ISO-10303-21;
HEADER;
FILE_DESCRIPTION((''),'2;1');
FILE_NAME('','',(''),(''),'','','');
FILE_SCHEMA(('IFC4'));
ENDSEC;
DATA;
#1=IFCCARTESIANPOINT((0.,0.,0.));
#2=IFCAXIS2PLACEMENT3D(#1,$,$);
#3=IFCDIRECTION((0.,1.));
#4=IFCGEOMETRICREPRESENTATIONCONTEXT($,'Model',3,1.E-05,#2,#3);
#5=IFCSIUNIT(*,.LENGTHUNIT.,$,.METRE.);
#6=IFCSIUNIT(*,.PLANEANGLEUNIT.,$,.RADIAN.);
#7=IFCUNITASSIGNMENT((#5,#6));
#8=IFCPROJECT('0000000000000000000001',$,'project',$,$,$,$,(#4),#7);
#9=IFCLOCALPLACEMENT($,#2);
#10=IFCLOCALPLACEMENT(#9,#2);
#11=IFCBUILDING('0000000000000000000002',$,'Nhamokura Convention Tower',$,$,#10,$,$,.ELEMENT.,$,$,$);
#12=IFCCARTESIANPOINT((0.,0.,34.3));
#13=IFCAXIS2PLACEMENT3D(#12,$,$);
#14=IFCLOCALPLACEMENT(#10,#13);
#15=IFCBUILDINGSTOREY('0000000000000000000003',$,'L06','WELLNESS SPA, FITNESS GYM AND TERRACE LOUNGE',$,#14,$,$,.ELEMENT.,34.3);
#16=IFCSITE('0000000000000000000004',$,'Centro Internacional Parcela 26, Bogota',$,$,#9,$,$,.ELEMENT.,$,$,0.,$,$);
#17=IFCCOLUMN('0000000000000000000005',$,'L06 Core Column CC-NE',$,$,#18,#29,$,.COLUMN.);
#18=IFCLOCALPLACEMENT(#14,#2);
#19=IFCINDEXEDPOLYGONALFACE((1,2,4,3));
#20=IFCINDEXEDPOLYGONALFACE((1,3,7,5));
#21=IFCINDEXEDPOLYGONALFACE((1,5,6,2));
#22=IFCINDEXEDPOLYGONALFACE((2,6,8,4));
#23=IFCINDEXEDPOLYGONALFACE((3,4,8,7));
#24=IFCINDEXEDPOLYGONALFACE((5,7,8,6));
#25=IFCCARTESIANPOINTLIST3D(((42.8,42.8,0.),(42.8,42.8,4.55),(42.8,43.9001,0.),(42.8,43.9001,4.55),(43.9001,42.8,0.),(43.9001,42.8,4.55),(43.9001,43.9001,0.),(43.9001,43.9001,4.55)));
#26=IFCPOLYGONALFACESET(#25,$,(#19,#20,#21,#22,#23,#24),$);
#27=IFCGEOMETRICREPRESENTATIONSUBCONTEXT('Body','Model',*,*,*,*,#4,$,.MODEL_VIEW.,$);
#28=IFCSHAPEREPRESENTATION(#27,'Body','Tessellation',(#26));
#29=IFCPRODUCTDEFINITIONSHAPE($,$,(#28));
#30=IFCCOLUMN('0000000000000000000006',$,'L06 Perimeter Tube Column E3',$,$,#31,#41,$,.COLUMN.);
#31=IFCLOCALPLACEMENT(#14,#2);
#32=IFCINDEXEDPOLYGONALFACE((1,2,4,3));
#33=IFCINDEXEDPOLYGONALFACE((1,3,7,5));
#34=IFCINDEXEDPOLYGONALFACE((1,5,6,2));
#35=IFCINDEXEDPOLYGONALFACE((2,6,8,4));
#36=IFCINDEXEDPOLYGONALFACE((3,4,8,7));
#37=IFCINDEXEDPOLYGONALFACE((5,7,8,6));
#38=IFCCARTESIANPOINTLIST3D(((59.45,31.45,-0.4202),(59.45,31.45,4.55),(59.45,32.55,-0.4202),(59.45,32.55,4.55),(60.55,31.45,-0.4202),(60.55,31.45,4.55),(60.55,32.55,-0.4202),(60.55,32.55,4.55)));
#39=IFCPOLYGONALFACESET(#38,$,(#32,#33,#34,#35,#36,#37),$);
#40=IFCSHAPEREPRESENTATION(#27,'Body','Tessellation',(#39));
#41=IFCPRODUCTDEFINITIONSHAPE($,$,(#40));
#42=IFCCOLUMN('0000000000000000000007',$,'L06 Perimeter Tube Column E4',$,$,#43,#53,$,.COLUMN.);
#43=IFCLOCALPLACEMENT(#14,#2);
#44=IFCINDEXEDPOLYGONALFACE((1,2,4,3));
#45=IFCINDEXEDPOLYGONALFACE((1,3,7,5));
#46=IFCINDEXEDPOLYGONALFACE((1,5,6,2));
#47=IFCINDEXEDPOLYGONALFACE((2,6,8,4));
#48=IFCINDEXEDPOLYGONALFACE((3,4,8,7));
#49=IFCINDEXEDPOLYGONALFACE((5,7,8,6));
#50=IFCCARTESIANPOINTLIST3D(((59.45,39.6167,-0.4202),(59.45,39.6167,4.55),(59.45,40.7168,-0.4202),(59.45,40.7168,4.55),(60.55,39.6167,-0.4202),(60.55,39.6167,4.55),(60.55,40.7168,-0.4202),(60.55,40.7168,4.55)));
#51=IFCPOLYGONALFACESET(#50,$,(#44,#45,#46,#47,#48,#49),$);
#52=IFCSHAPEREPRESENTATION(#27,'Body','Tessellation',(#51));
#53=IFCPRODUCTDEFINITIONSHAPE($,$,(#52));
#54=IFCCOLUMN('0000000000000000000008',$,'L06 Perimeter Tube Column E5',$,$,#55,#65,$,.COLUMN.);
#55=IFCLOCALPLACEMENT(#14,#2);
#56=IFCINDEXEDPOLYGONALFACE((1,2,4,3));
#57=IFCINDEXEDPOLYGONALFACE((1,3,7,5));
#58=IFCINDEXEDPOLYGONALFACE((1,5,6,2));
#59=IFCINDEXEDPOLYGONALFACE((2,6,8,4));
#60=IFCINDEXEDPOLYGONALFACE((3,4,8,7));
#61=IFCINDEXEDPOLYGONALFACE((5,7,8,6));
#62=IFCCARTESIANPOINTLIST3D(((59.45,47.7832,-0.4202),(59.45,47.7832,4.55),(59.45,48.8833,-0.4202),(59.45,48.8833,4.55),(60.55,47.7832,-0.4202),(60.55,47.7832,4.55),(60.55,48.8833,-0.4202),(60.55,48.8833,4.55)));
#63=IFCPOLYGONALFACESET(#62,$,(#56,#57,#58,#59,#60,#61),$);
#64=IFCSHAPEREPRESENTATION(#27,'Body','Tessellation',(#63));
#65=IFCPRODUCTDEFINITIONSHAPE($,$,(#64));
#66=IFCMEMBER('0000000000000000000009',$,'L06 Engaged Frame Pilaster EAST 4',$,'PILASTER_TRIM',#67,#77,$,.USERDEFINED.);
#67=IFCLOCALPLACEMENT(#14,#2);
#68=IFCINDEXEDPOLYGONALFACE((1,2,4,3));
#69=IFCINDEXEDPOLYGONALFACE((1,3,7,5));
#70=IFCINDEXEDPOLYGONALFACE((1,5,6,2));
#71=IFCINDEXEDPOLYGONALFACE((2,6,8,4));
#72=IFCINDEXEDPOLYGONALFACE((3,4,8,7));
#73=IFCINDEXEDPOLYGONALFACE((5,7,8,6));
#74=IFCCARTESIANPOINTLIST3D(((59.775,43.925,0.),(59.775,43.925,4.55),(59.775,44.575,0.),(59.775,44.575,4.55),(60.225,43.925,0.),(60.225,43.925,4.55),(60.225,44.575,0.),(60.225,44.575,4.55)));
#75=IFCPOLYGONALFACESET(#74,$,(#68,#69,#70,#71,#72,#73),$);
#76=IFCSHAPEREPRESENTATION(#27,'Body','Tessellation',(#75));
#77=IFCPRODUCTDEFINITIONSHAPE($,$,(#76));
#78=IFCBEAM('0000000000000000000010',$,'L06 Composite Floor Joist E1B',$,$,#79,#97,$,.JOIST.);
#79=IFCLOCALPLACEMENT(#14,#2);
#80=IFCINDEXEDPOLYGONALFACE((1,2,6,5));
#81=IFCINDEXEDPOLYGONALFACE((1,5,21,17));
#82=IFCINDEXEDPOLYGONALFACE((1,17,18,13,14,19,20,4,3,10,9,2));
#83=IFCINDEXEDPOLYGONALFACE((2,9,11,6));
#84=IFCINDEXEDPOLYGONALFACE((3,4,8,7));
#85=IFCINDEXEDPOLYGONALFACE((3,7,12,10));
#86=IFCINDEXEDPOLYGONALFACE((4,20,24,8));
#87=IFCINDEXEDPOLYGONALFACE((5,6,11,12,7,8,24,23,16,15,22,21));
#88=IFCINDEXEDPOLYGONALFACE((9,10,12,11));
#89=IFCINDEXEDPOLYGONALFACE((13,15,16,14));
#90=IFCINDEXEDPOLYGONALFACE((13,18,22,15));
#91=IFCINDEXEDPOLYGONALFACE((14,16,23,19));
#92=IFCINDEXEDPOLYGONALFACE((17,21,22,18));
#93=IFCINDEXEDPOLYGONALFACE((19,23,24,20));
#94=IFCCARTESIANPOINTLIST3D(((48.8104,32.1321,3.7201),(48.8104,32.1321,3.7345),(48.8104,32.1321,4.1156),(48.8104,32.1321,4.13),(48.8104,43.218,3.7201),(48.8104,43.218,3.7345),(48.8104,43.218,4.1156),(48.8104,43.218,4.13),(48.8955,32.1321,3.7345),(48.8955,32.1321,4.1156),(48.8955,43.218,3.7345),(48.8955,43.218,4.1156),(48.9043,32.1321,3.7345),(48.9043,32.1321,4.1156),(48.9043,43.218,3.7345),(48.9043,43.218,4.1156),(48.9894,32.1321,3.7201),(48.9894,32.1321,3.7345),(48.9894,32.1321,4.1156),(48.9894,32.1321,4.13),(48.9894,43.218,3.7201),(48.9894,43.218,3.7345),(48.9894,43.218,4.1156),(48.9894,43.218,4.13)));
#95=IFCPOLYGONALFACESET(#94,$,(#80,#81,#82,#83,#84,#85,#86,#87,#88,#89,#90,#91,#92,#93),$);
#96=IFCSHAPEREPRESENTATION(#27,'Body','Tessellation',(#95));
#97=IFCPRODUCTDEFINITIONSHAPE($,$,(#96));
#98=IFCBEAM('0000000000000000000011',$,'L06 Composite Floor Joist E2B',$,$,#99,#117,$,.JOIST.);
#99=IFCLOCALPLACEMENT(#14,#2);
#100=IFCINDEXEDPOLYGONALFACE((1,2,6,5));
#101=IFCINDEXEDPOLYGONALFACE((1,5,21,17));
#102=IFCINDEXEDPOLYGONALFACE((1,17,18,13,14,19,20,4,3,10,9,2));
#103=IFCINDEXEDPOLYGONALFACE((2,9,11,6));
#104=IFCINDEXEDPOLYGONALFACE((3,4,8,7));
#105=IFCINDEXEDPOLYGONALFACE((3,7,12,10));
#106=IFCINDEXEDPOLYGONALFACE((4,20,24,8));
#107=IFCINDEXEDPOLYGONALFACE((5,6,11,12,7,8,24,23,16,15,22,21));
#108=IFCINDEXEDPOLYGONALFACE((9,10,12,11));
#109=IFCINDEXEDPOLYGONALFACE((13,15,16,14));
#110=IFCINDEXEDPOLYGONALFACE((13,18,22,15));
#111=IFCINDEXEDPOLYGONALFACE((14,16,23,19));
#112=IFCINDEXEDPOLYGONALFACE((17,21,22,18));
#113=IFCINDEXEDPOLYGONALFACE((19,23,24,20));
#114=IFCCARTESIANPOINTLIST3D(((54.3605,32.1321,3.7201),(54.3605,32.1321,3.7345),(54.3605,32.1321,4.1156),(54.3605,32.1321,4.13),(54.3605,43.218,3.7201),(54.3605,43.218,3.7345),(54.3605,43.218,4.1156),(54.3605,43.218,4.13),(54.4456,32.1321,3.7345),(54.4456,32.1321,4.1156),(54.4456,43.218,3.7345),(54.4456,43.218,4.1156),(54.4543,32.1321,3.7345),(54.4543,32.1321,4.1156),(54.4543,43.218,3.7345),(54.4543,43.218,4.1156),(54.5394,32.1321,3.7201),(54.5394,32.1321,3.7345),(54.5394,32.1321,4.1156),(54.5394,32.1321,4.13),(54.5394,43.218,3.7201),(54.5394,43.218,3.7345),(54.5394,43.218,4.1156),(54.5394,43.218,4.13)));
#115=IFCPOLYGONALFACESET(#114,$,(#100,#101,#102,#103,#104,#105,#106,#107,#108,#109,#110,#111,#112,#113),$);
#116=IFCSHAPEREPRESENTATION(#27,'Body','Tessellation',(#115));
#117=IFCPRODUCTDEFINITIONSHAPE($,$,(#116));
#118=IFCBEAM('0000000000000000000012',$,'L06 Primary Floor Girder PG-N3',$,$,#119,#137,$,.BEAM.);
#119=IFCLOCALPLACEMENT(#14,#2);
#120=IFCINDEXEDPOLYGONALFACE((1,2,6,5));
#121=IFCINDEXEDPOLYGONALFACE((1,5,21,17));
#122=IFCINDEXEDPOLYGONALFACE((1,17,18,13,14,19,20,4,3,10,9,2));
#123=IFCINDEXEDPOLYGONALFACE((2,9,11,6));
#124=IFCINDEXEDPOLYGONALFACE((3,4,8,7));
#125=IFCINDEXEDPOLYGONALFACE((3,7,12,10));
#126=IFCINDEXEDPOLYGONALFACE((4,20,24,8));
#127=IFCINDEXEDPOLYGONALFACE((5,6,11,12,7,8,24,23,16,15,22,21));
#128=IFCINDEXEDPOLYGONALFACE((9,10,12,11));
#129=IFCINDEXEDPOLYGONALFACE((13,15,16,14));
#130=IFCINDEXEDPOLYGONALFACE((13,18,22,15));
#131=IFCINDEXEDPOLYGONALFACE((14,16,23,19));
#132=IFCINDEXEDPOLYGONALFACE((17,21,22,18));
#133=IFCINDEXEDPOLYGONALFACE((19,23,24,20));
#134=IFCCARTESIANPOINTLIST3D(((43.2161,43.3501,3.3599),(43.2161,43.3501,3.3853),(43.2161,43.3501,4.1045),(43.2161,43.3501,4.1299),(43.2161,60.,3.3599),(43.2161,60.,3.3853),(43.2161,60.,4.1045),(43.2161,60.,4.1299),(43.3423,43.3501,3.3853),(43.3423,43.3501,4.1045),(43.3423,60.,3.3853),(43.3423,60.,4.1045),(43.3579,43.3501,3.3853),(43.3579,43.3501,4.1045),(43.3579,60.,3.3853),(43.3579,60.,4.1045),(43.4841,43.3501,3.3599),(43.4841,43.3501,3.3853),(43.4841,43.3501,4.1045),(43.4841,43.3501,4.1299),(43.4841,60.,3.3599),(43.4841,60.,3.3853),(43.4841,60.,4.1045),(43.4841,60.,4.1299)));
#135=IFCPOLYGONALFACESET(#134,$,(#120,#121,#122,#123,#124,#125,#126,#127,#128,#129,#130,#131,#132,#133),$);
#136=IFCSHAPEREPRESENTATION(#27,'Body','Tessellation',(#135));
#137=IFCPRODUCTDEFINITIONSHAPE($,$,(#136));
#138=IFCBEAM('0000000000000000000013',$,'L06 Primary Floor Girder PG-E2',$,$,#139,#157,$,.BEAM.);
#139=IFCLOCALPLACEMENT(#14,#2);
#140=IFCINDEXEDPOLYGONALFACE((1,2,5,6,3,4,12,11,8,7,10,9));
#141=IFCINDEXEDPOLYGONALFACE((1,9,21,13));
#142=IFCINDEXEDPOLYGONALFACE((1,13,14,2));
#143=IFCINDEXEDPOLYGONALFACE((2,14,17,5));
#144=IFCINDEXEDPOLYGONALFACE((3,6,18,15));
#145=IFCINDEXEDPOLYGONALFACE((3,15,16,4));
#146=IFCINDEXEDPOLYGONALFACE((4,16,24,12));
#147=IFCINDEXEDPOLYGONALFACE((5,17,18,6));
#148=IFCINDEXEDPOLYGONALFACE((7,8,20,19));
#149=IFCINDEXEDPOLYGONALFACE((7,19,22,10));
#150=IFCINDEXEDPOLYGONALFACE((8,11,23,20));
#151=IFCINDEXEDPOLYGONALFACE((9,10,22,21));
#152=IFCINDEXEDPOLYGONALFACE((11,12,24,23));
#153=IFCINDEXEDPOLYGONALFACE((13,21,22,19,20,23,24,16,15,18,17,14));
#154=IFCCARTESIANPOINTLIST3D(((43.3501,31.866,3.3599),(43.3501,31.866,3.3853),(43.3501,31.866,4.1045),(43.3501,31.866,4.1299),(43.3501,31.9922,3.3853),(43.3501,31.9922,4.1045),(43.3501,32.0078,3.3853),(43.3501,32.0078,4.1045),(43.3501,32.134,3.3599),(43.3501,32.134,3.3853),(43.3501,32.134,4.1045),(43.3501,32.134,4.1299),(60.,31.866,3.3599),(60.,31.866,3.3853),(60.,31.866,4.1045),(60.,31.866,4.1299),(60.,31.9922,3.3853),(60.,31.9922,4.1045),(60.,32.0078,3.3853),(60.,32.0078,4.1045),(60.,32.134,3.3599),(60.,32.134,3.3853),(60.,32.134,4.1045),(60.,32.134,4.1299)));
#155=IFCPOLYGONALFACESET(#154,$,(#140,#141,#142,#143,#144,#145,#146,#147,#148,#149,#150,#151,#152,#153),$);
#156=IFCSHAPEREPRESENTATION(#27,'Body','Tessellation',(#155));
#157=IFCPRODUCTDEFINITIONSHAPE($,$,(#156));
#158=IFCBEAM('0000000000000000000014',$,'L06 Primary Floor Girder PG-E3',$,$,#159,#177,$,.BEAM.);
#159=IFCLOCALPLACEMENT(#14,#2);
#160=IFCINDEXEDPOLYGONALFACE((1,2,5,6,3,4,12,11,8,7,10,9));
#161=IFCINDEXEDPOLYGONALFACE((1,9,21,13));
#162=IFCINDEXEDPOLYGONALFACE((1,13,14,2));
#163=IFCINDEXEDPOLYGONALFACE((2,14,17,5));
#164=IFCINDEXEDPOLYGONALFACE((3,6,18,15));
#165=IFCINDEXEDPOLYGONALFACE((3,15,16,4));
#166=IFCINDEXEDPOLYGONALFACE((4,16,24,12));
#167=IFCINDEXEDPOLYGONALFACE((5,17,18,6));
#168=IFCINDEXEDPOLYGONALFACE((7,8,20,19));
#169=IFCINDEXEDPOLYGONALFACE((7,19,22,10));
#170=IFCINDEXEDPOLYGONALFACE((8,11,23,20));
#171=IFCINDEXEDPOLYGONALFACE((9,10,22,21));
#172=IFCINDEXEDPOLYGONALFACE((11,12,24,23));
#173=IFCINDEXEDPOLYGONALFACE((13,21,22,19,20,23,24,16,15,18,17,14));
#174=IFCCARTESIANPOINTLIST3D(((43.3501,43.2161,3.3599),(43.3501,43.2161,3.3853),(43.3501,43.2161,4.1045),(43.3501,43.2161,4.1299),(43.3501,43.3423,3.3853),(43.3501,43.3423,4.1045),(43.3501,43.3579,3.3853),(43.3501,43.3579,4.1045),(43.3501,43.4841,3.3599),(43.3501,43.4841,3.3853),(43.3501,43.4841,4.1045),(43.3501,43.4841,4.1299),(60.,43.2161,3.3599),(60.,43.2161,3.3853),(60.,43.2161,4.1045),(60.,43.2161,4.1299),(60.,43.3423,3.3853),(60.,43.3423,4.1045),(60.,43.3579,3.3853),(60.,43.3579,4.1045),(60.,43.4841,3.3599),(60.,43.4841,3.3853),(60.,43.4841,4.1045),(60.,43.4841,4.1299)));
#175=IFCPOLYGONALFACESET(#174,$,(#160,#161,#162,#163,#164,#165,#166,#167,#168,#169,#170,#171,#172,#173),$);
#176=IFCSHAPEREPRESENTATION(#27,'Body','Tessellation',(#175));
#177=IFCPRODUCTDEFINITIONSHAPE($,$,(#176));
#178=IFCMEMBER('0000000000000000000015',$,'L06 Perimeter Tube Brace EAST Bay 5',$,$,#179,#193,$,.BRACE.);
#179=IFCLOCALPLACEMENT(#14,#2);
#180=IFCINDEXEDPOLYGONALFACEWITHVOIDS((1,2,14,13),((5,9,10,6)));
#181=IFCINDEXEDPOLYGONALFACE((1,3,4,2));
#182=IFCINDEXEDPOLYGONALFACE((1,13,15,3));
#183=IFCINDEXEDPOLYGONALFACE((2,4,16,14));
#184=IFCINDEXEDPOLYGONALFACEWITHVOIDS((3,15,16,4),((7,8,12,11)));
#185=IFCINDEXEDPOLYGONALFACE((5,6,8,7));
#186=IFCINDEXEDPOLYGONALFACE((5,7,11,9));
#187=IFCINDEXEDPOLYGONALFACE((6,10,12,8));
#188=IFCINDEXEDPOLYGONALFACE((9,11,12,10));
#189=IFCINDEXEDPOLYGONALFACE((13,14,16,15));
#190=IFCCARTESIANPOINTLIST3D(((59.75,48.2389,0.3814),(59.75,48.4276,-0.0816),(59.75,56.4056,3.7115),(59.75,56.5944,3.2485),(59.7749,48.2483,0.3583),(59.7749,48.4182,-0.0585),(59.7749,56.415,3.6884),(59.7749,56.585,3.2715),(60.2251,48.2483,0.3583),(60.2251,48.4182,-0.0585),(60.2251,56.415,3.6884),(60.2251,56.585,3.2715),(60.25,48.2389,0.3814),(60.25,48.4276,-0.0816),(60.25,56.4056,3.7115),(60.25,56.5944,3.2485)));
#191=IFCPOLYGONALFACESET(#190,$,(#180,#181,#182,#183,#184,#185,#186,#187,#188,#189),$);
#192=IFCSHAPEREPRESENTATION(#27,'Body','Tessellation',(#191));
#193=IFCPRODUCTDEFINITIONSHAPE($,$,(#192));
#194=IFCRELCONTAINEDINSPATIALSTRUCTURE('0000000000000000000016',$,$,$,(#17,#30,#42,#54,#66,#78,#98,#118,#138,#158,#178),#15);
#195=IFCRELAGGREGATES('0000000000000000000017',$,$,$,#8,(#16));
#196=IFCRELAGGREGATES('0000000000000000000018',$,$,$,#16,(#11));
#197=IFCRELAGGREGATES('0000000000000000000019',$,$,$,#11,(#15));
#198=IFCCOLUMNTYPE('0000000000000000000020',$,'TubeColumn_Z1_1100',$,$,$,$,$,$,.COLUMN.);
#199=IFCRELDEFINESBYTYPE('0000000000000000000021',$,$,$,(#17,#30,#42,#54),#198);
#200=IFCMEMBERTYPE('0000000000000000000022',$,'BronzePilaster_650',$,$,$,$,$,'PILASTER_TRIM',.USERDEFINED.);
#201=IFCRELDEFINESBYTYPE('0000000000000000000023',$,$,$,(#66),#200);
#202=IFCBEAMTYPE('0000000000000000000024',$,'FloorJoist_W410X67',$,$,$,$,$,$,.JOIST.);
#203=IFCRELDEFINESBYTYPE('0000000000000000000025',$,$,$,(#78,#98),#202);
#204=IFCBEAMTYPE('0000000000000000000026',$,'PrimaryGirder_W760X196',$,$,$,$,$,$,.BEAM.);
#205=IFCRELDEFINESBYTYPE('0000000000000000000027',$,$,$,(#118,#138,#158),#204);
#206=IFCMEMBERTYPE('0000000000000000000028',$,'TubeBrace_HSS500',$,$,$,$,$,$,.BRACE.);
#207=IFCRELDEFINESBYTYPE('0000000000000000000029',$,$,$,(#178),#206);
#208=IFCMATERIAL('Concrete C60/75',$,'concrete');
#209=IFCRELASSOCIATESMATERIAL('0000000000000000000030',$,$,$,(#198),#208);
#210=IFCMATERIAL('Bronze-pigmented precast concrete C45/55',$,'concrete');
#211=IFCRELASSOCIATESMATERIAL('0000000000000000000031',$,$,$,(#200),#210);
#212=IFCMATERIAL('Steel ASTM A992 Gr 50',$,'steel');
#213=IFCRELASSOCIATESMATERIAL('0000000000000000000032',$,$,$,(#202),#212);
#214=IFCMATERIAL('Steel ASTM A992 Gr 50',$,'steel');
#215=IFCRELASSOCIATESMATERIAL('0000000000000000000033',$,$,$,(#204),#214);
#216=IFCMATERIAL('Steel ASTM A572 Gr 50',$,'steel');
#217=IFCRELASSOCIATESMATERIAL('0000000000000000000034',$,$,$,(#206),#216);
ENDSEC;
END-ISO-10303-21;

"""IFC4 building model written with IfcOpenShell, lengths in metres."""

from ifc_helpers import new_model, si_unit, direction, frame, origin, origin_2d, place, context, subcontext, project, spatial, rectangle, hollow_rectangle, i_section, extrude, material, material_profile, profile_set, type_object, element, save


model = new_model("IFC4")

# Units and contexts
model_context = context("Model", 3, precision=1e-05, world=origin(), true_north=direction((0.0, 1.0)))
body_context = subcontext(model_context, "Body", "Model", "MODEL_VIEW")
ifc_project = project(units=[si_unit("LENGTHUNIT", "METRE"), si_unit("PLANEANGLEUNIT", "RADIAN")], contexts=[model_context])

# Site, building, storey
site_placement = place(None, origin())
site = spatial("IfcSite", under=ifc_project, at=site_placement, Name="Centro Internacional Parcela 26, Bogota", CompositionType="ELEMENT", RefElevation=0.0)
building_placement = place(site_placement, origin())
building = spatial("IfcBuilding", under=site, at=building_placement, Name="Nhamokura Convention Tower", CompositionType="ELEMENT")
storey_placement = place(building_placement, frame((0.0, 0.0, 34.3)))
storey = spatial("IfcBuildingStorey", under=building, at=storey_placement, Name="L06", Description="WELLNESS SPA, FITNESS GYM AND TERRACE LOUNGE", CompositionType="ELEMENT", Elevation=34.3)

# Columns
ifc_material_1 = material(Name="Concrete C60/75", Category="concrete")
ifc_material_profile_1 = material_profile(ifc_material_1, rectangle(XDim=1.1001, YDim=1.1001, at=origin_2d()))
ifc_profile_set_1 = profile_set([ifc_material_profile_1], Name="Concrete C60/75")
column_type = type_object("IfcColumnType", Name="TubeColumn_Z1_1100", PredefinedType="COLUMN", material=ifc_profile_set_1)
column_placement = place(storey_placement, frame((43.3501, 43.3501, 0.0), z_axis=(0.0, 0.0, 1.0), x_axis=(1.0, 0.0, 0.0)))
element("IfcColumn", 1, at=column_placement, inside=storey, type_object=column_type, Name="L06 Core Column CC-NE", PredefinedType="COLUMN", context=body_context, shape_type="SweptSolid", body=[
    extrude(rectangle(XDim=1.1001, YDim=1.1001, at=origin_2d()), origin(), (0.0, 0.0, 1.0), 4.55),
])
for number, where, z_axis, x_axis, name in (
    (2, (60.0, 32.0, -0.4202), (0.0, 0.0, 1.0), (1.0, 0.0, 0.0), "L06 Perimeter Tube Column E3"),
    (3, (60.0, 40.1667, -0.4202), (0.0, 0.0, 1.0), (1.0, 0.0, 0.0), "L06 Perimeter Tube Column E4"),
    (4, (60.0, 48.3333, -0.4202), (0.0, 0.0, 1.0), (1.0, 0.0, 0.0), "L06 Perimeter Tube Column E5"),
):
    element("IfcColumn", number, at=place(storey_placement, frame(where, z_axis=z_axis, x_axis=x_axis)), inside=storey, type_object=column_type, Name=name, PredefinedType="COLUMN", context=body_context, shape_type="SweptSolid", body=[
        extrude(rectangle(XDim=1.1001, YDim=1.1001, at=origin_2d()), origin(), (0.0, 0.0, 1.0), 4.9702),
    ])

# Member
ifc_material_2 = material(Name="Bronze-pigmented precast concrete C45/55", Category="concrete")
ifc_material_profile_2 = material_profile(ifc_material_2, rectangle(XDim=0.45, YDim=0.6499, at=origin_2d()))
ifc_profile_set_2 = profile_set([ifc_material_profile_2], Name="Bronze-pigmented precast concrete C45/55")
member_type_1 = type_object("IfcMemberType", Name="BronzePilaster_650", ElementType="PILASTER_TRIM", PredefinedType="USERDEFINED", material=ifc_profile_set_2)
member_1_placement = place(storey_placement, frame((60.0, 44.25, 0.0), z_axis=(0.0, 0.0, 1.0), x_axis=(1.0, 0.0, 0.0)))
element("IfcMember", 5, at=member_1_placement, inside=storey, type_object=member_type_1, Name="L06 Engaged Frame Pilaster EAST 4", ObjectType="PILASTER_TRIM", PredefinedType="USERDEFINED", context=body_context, shape_type="SweptSolid", body=[
    extrude(rectangle(XDim=0.45, YDim=0.6499, at=origin_2d()), origin(), (0.0, 0.0, 1.0), 4.55),
])

# Beams
ifc_material_3 = material(Name="Steel ASTM A992 Gr 50", Category="steel")
ifc_material_profile_3 = material_profile(ifc_material_3, i_section(OverallWidth=0.179, OverallDepth=0.4099, WebThickness=0.0088, FlangeThickness=0.0144, at=origin_2d()))
ifc_profile_set_3 = profile_set([ifc_material_profile_3], Name="Steel ASTM A992 Gr 50")
beam_type_1 = type_object("IfcBeamType", Name="FloorJoist_W410X67", PredefinedType="JOIST", material=ifc_profile_set_3)
for number, where, z_axis, x_axis, name in (
    (6, (48.8999, 32.1321, 3.925), (0.0, 1.0, 0.0), (-1.0, 0.0, 0.0), "L06 Composite Floor Joist E1B"),
    (7, (54.45, 32.1321, 3.925), (0.0, 1.0, 0.0), (-1.0, 0.0, 0.0), "L06 Composite Floor Joist E2B"),
):
    element("IfcBeam", number, at=place(storey_placement, frame(where, z_axis=z_axis, x_axis=x_axis)), inside=storey, type_object=beam_type_1, Name=name, PredefinedType="JOIST", context=body_context, shape_type="SweptSolid", body=[
        extrude(i_section(OverallWidth=0.179, OverallDepth=0.4099, WebThickness=0.0088, FlangeThickness=0.0144, at=origin_2d()), origin(), (0.0, 0.0, 1.0), 11.0859),
    ])
ifc_material_4 = material(Name="Steel ASTM A992 Gr 50", Category="steel")
ifc_material_profile_4 = material_profile(ifc_material_4, i_section(OverallWidth=0.2681, OverallDepth=0.77, WebThickness=0.0156, FlangeThickness=0.0254, at=origin_2d()))
ifc_profile_set_4 = profile_set([ifc_material_profile_4], Name="Steel ASTM A992 Gr 50")
beam_type_2 = type_object("IfcBeamType", Name="PrimaryGirder_W760X196", PredefinedType="BEAM", material=ifc_profile_set_4)
for number, where, z_axis, x_axis, name in (
    (8, (43.3501, 43.3501, 3.7449), (0.0, 1.0, 0.0), (-1.0, 0.0, 0.0), "L06 Primary Floor Girder PG-N3"),
    (9, (43.3501, 32.0, 3.7449), (1.0, 0.0, 0.0), (0.0, 1.0, 0.0), "L06 Primary Floor Girder PG-E2"),
    (10, (43.3501, 43.3501, 3.7449), (1.0, 0.0, 0.0), (0.0, 1.0, 0.0), "L06 Primary Floor Girder PG-E3"),
):
    element("IfcBeam", number, at=place(storey_placement, frame(where, z_axis=z_axis, x_axis=x_axis)), inside=storey, type_object=beam_type_2, Name=name, PredefinedType="BEAM", context=body_context, shape_type="SweptSolid", body=[
        extrude(i_section(OverallWidth=0.2681, OverallDepth=0.77, WebThickness=0.0156, FlangeThickness=0.0254, at=origin_2d()), origin(), (0.0, 0.0, 1.0), 16.6499),
    ])

# Member
ifc_material_5 = material(Name="Steel ASTM A572 Gr 50", Category="steel")
ifc_material_profile_5 = material_profile(ifc_material_5, hollow_rectangle(XDim=0.5, YDim=0.5, WallThickness=0.0249, at=origin_2d()))
ifc_profile_set_5 = profile_set([ifc_material_profile_5], Name="Steel ASTM A572 Gr 50")
member_type_2 = type_object("IfcMemberType", Name="TubeBrace_HSS500", PredefinedType="BRACE", material=ifc_profile_set_5)
member_2_placement = place(storey_placement, frame((60.0, 48.3333, 0.1499), z_axis=(0.0, 0.925978, 0.377577), x_axis=(-1.0, 0.0, 0.0)))
element("IfcMember", 11, at=member_2_placement, inside=storey, type_object=member_type_2, Name="L06 Perimeter Tube Brace EAST Bay 5", PredefinedType="BRACE", context=body_context, shape_type="SweptSolid", body=[
    extrude(hollow_rectangle(XDim=0.5, YDim=0.5, WallThickness=0.0249, at=origin_2d()), origin(), (0.0, 0.0, 1.0), 8.8196),
])

save(model, "model.ifc")
